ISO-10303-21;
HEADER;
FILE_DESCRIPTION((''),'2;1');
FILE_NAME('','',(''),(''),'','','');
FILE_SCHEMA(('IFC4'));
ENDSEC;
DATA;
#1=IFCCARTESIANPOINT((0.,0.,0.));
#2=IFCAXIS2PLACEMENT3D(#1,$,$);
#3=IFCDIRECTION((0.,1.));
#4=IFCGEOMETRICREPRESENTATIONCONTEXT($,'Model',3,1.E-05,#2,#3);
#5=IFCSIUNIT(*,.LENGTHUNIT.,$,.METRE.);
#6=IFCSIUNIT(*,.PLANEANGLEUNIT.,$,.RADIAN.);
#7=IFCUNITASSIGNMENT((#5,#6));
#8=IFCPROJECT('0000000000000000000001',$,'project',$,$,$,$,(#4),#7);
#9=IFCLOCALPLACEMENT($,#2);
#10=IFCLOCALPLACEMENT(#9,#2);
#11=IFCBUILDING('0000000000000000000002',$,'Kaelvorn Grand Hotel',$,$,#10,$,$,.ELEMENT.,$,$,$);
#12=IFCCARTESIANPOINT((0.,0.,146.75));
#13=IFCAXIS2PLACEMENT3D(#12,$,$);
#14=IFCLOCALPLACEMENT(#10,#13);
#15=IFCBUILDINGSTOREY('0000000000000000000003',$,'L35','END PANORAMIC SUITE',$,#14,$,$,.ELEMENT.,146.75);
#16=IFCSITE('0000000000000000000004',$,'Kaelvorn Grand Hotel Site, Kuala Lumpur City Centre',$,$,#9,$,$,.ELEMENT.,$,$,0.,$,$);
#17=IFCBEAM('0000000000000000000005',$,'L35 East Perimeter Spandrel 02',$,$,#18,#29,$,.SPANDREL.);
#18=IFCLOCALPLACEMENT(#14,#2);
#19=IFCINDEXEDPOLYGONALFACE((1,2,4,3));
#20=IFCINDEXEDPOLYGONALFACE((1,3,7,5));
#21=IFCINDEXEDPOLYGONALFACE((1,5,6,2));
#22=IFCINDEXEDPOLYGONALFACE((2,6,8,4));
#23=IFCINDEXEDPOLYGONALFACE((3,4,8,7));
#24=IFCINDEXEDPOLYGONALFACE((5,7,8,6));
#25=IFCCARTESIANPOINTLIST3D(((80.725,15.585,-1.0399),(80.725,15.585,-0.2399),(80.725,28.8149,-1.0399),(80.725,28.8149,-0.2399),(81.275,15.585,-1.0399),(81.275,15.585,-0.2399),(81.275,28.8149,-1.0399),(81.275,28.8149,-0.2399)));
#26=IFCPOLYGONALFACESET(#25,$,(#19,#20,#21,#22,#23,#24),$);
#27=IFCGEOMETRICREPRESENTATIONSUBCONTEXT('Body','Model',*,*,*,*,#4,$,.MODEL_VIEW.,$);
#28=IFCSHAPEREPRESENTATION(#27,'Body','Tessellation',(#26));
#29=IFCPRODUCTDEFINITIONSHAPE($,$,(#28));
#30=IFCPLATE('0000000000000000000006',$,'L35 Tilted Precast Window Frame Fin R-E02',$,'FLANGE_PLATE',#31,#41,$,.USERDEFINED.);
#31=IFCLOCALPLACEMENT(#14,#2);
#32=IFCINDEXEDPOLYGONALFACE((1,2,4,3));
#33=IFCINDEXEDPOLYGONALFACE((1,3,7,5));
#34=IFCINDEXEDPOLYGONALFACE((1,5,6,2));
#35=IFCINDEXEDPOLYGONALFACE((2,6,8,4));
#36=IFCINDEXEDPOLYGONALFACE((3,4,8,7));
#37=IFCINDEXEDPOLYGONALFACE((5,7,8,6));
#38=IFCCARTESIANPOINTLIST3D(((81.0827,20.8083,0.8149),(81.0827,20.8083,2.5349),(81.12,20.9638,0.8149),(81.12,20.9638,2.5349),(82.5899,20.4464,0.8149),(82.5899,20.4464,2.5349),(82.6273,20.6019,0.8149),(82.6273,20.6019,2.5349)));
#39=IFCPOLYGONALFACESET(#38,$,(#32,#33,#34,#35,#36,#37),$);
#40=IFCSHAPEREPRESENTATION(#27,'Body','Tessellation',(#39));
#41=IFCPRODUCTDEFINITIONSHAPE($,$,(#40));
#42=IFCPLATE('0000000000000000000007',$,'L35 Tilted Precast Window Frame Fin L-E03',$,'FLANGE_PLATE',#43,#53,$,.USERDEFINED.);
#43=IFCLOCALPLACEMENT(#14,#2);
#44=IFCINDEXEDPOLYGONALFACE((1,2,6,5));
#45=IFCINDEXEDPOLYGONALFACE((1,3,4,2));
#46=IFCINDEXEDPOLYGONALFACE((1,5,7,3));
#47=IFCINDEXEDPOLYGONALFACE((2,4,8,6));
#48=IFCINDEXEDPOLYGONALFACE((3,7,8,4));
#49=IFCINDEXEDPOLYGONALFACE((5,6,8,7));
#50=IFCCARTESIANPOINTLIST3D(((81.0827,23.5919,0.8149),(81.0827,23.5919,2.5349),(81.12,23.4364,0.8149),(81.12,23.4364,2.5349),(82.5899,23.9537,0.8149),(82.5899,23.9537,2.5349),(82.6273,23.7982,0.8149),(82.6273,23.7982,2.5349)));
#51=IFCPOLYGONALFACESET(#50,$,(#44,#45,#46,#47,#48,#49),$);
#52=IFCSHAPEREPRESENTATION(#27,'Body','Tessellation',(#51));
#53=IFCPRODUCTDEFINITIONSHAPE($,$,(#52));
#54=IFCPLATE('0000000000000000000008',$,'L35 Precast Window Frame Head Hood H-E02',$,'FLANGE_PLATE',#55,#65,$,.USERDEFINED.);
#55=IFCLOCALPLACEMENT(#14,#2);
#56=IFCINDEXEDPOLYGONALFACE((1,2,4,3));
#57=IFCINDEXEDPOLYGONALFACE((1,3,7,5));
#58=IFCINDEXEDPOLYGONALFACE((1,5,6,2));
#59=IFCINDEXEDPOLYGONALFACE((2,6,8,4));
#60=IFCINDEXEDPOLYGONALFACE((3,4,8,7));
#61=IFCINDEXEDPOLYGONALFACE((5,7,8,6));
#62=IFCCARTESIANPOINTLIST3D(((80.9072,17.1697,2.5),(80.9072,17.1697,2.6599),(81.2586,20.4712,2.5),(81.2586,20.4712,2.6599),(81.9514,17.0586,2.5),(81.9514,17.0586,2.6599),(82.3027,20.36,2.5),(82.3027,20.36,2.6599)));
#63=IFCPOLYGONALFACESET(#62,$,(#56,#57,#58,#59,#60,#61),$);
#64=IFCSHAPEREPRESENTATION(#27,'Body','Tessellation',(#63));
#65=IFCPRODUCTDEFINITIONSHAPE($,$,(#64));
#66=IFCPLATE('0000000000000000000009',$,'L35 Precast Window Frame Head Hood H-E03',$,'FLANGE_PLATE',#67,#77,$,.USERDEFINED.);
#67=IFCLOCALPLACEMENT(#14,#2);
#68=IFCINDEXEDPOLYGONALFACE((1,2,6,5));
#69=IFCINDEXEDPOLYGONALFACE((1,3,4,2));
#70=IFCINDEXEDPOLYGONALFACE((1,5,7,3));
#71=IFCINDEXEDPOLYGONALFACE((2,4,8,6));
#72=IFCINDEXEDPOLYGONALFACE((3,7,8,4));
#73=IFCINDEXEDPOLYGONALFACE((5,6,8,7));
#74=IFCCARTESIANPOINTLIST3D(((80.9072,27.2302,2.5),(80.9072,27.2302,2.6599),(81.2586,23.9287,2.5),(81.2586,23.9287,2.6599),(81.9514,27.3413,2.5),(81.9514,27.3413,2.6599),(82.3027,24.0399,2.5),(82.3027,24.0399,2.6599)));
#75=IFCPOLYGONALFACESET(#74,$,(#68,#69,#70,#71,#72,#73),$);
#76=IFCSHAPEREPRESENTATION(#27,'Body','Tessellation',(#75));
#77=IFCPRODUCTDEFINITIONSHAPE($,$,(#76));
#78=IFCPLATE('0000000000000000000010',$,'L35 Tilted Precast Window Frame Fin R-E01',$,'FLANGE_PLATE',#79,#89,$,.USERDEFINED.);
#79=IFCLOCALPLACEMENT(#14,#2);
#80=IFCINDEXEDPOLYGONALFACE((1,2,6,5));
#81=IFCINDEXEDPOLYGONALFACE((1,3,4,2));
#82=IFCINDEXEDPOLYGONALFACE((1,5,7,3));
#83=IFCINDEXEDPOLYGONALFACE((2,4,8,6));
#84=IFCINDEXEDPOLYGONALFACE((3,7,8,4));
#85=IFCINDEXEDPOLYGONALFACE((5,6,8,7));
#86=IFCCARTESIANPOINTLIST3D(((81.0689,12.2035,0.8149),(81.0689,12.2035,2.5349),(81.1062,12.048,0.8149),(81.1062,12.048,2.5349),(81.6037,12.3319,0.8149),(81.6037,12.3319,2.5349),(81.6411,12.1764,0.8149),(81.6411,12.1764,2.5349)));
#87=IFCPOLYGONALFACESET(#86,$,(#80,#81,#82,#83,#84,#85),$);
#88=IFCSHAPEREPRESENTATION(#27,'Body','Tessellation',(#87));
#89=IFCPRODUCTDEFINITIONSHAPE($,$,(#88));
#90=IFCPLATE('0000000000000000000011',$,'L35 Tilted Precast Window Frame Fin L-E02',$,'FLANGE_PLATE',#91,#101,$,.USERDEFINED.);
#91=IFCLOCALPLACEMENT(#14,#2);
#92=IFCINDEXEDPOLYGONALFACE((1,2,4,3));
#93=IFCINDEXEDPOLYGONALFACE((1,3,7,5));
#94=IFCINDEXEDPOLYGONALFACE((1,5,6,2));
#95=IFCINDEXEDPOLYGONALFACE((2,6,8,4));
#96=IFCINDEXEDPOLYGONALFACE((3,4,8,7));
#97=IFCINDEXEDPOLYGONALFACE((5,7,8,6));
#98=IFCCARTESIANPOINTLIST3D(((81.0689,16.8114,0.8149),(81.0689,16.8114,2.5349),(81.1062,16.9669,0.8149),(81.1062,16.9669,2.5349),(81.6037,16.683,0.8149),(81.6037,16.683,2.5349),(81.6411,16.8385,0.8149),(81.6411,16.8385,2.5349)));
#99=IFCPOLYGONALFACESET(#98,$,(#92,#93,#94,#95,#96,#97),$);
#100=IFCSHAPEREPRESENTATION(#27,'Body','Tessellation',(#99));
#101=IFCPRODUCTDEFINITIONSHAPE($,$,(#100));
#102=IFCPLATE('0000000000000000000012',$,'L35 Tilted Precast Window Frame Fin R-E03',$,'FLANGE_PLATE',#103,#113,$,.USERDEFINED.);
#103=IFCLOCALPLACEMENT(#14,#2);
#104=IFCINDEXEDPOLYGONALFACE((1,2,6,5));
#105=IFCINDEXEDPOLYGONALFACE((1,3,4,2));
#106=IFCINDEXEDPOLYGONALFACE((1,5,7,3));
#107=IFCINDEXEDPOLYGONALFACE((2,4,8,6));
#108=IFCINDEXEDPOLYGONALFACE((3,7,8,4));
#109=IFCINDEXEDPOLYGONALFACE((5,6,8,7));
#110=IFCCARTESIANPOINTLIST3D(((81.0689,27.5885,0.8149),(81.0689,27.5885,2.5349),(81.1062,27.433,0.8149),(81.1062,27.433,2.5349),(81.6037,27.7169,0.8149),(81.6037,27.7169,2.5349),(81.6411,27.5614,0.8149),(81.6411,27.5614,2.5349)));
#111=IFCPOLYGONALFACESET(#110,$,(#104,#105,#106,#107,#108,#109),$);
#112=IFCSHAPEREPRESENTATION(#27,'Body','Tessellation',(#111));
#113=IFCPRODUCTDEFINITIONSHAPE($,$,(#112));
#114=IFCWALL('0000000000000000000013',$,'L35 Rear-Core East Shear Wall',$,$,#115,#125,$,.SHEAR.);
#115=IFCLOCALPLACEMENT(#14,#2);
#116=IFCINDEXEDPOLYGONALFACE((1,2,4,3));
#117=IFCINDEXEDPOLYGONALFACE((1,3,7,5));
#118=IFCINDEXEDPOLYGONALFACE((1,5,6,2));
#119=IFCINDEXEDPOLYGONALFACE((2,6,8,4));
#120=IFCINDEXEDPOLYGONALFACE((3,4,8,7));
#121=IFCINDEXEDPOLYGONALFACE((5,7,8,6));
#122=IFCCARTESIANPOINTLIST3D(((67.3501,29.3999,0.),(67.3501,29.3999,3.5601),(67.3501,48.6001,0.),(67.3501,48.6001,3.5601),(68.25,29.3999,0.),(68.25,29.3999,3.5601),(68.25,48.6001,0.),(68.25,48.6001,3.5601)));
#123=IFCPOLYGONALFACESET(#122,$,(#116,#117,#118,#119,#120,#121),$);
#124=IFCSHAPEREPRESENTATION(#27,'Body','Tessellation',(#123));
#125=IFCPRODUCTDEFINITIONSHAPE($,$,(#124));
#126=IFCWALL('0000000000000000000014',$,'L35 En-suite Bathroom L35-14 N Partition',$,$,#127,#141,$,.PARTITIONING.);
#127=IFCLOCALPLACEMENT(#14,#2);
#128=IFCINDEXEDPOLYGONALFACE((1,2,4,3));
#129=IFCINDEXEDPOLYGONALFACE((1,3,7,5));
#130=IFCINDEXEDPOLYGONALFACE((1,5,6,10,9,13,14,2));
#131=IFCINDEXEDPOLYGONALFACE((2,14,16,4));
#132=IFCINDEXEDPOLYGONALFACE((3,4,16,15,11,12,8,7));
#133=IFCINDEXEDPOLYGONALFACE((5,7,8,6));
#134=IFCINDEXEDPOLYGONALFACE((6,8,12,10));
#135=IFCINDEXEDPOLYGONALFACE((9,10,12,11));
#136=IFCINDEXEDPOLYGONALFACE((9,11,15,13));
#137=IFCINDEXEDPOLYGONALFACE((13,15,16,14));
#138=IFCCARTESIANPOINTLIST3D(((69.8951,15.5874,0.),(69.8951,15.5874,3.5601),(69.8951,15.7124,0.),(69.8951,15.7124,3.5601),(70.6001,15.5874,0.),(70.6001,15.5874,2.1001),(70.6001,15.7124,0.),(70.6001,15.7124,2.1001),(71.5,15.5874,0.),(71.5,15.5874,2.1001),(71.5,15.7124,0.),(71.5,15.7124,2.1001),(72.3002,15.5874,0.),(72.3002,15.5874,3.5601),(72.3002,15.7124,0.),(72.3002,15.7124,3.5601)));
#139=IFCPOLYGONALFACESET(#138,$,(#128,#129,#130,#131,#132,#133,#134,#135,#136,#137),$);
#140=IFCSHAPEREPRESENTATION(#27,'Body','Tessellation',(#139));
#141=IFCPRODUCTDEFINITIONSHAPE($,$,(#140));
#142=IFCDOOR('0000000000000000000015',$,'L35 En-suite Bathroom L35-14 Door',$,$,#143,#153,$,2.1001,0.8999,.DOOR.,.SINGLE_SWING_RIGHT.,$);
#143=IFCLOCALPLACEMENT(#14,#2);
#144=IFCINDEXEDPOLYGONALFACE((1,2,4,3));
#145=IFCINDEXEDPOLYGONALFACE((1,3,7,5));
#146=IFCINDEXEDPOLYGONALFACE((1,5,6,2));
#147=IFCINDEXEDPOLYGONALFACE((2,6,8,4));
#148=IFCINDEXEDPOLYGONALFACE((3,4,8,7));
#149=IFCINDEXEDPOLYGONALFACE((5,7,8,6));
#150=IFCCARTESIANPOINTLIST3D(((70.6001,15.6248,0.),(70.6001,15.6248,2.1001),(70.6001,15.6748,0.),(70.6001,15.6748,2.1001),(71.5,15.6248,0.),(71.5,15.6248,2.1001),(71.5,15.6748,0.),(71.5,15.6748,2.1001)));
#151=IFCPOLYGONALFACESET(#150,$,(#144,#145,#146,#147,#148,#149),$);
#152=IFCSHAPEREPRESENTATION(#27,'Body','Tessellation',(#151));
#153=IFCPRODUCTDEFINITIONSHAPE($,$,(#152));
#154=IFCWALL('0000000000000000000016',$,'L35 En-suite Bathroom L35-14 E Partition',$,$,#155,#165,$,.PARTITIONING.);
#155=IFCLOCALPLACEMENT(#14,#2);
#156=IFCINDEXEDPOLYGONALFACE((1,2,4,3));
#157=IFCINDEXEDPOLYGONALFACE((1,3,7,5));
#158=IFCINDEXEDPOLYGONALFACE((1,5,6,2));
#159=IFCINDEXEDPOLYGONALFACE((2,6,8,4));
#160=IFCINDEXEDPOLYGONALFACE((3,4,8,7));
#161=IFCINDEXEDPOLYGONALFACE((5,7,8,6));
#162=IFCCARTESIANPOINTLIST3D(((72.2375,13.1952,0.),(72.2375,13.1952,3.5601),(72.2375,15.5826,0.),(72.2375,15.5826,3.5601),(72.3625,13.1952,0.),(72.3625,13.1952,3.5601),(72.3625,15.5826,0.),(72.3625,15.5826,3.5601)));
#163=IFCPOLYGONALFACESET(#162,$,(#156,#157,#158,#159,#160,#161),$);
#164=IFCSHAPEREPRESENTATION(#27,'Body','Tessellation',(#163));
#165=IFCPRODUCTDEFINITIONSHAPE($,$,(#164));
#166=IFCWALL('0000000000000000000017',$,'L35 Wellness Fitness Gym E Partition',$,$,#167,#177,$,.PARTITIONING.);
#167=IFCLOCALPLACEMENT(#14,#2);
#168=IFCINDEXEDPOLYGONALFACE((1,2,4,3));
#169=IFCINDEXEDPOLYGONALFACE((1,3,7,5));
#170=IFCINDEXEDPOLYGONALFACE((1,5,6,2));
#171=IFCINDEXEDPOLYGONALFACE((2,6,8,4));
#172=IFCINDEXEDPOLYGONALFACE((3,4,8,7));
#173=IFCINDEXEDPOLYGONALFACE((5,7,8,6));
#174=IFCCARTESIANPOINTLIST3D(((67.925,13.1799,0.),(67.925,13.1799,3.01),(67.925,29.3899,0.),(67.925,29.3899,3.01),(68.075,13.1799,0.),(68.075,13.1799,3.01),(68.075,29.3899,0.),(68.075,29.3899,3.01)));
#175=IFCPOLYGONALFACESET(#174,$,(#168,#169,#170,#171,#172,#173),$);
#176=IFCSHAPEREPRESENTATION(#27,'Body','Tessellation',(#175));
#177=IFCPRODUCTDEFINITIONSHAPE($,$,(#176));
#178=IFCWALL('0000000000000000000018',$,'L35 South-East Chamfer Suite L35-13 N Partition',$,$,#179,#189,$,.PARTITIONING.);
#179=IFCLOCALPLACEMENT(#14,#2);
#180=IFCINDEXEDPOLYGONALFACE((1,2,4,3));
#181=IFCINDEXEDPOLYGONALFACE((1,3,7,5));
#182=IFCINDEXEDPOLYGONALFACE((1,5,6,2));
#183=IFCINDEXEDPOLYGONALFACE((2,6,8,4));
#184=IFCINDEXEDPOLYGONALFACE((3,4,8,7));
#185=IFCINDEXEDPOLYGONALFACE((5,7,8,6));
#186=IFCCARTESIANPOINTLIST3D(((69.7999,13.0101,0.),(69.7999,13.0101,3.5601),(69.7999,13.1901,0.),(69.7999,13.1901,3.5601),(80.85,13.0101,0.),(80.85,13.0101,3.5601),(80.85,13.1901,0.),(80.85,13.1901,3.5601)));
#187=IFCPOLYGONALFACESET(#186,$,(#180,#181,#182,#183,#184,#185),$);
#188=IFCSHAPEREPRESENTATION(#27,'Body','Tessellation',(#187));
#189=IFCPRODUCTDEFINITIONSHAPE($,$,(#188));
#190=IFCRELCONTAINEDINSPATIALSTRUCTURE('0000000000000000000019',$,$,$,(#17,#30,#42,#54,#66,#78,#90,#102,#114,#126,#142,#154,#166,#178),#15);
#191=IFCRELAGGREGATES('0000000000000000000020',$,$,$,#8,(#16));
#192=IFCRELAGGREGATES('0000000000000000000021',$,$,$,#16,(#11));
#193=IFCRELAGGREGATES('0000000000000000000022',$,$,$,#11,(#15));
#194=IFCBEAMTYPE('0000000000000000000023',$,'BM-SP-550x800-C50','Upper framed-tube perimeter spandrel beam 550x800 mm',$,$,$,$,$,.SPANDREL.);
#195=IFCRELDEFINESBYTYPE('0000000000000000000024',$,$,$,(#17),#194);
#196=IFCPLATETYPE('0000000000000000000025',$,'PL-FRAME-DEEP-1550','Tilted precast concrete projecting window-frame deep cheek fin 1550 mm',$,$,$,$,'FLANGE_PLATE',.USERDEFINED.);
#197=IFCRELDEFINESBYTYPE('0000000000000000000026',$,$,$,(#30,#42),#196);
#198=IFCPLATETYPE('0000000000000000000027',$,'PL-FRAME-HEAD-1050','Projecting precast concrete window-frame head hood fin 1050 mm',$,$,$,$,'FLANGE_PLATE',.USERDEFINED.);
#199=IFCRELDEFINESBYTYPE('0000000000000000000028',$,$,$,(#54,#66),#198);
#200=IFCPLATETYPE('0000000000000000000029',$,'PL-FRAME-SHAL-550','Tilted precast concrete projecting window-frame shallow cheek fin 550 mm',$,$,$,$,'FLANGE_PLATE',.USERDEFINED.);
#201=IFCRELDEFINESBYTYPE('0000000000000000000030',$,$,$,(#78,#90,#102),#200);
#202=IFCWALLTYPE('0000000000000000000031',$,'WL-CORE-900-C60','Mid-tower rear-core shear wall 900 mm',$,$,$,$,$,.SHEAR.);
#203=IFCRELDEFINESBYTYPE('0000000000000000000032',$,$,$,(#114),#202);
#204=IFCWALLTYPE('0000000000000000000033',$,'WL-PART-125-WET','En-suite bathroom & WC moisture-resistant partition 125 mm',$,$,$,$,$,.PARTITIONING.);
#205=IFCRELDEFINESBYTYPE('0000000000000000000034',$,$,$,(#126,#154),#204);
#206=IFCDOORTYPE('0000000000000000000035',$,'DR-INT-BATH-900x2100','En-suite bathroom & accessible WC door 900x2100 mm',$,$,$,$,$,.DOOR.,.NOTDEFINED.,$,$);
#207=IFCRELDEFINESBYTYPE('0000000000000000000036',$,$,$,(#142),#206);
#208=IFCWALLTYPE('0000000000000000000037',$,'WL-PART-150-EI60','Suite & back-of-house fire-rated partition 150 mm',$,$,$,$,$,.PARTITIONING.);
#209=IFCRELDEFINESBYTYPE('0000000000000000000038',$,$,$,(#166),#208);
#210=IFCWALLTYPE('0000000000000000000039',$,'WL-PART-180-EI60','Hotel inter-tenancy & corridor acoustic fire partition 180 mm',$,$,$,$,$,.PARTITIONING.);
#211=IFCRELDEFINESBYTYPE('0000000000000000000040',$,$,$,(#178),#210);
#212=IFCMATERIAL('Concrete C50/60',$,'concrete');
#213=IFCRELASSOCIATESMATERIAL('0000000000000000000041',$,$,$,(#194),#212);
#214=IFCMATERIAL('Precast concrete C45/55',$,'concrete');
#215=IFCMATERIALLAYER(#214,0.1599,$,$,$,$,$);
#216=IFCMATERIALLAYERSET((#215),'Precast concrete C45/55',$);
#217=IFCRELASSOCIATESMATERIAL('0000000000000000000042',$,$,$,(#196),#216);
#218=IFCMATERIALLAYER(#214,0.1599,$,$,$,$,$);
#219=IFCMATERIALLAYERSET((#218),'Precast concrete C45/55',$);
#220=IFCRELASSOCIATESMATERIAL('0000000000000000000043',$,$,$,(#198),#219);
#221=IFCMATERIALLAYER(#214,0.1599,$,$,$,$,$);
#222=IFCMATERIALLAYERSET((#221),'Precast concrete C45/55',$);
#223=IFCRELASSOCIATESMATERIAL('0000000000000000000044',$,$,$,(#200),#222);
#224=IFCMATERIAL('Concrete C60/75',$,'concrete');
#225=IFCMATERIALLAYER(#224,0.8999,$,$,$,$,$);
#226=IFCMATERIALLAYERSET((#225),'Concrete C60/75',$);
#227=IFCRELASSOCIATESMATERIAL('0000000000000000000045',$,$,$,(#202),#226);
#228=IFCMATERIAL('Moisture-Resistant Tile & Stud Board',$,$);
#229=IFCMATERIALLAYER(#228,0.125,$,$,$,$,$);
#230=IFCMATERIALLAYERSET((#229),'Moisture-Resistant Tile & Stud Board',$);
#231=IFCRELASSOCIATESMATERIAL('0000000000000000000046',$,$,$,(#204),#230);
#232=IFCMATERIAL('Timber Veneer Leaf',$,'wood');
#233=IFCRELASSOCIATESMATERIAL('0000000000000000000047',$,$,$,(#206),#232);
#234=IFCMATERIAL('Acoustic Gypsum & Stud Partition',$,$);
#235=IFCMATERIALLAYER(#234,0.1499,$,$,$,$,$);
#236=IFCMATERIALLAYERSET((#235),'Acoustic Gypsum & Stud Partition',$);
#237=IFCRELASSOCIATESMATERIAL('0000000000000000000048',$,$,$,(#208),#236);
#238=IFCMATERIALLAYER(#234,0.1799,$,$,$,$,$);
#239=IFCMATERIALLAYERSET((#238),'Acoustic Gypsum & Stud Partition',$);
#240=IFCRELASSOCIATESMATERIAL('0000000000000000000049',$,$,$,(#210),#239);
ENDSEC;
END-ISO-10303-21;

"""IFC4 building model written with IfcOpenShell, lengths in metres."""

from ifc_helpers import new_model, si_unit, direction, frame, frame_2d, origin, origin_2d, place, context, subcontext, project, spatial, rectangle, extrude, material, layer, layer_set, material_profile, profile_set, type_object, element, fill, save


model = new_model("IFC4")

# Units and contexts
model_context = context("Model", 3, precision=1e-05, world=origin(), true_north=direction((0.0, 1.0)))
body_context = subcontext(model_context, "Body", "Model", "MODEL_VIEW")
ifc_project = project(units=[si_unit("LENGTHUNIT", "METRE"), si_unit("PLANEANGLEUNIT", "RADIAN")], contexts=[model_context])

# Site, building, storey
site_placement = place(None, origin())
site = spatial("IfcSite", under=ifc_project, at=site_placement, Name="Kaelvorn Grand Hotel Site, Kuala Lumpur City Centre", CompositionType="ELEMENT", RefElevation=0.0)
building_placement = place(site_placement, origin())
building = spatial("IfcBuilding", under=site, at=building_placement, Name="Kaelvorn Grand Hotel", CompositionType="ELEMENT")
storey_placement = place(building_placement, frame((0.0, 0.0, 146.75)))
storey = spatial("IfcBuildingStorey", under=building, at=storey_placement, Name="L35", Description="END PANORAMIC SUITE", CompositionType="ELEMENT", Elevation=146.75)

# Shared definitions
ifc_material_1 = material(Name="Concrete C60/75", Category="concrete")

# Beam
ifc_material_2 = material(Name="Concrete C50/60", Category="concrete")
ifc_material_profile_1 = material_profile(ifc_material_2, rectangle(XDim=0.55, YDim=0.8, at=origin_2d()), Name="RC SPANDREL 550x800")
ifc_profile_set_1 = profile_set([ifc_material_profile_1], Name="Concrete C50/60")
beam_type_1 = type_object("IfcBeamType", Name="BM-SP-550x800-C50", Description="Upper framed-tube perimeter spandrel beam 550x800 mm", PredefinedType="SPANDREL", material=ifc_profile_set_1)
beam_1_placement = place(storey_placement, frame((81.0, 15.585, -0.6399), z_axis=(0.0, 1.0, 0.0), x_axis=(-1.0, 0.0, 0.0)))
element("IfcBeam", 1, at=beam_1_placement, inside=storey, type_object=beam_type_1, Name="L35 East Perimeter Spandrel 02", PredefinedType="SPANDREL", context=body_context, shape_type="SweptSolid", body=[
    extrude(rectangle(XDim=0.55, YDim=0.8, at=origin_2d()), origin(), (0.0, 0.0, 1.0), 13.23),
])

# Plates
ifc_material_3 = material(Name="Precast concrete C45/55", Category="concrete")
ifc_layer_1 = layer(ifc_material_3, 0.1599)
ifc_layer_set_1 = layer_set([ifc_layer_1], Name="Precast concrete C45/55")
plate_type_1 = type_object("IfcPlateType", Name="PL-FRAME-DEEP-1550", Description="Tilted precast concrete projecting window-frame deep cheek fin 1550 mm", ElementType="FLANGE_PLATE", PredefinedType="USERDEFINED", material=ifc_layer_set_1)
for number, where, z_axis, x_axis, name in (
    (2, (81.855, 20.7051, 0.8149), (0.0, 0.0, 1.0), (0.233445, 0.97237, 0.0), "L35 Tilted Precast Window Frame Fin R-E02"),
    (3, (81.855, 23.6951, 0.8149), (0.0, 0.0, 1.0), (-0.233445, 0.97237, 0.0), "L35 Tilted Precast Window Frame Fin L-E03"),
):
    element("IfcPlate", number, at=place(storey_placement, frame(where, z_axis=z_axis, x_axis=x_axis)), inside=storey, type_object=plate_type_1, Name=name, ObjectType="FLANGE_PLATE", PredefinedType="USERDEFINED", context=body_context, shape_type="SweptSolid", body=[
        extrude(rectangle(XDim=0.1599, YDim=1.55, at=origin_2d()), origin(), (0.0, 0.0, 1.0), 1.72),
    ])
ifc_layer_2 = layer(ifc_material_3, 0.1599)
ifc_layer_set_2 = layer_set([ifc_layer_2], Name="Precast concrete C45/55")
plate_type_2 = type_object("IfcPlateType", Name="PL-FRAME-HEAD-1050", Description="Projecting precast concrete window-frame head hood fin 1050 mm", ElementType="FLANGE_PLATE", PredefinedType="USERDEFINED", material=ifc_layer_set_2)
for number, where, z_axis, x_axis, name in (
    (4, (81.605, 18.7649, 2.5), (0.0, 0.0, 1.0), (0.10583, 0.994384, 0.0), "L35 Precast Window Frame Head Hood H-E02"),
    (5, (81.605, 25.635, 2.5), (0.0, 0.0, 1.0), (-0.10583, 0.994384, 0.0), "L35 Precast Window Frame Head Hood H-E03"),
):
    element("IfcPlate", number, at=place(storey_placement, frame(where, z_axis=z_axis, x_axis=x_axis)), inside=storey, type_object=plate_type_2, Name=name, ObjectType="FLANGE_PLATE", PredefinedType="USERDEFINED", context=body_context, shape_type="SweptSolid", body=[
        extrude(rectangle(XDim=3.3201, YDim=1.05, at=origin_2d()), origin(), (0.0, 0.0, 1.0), 0.1599),
    ])
ifc_layer_3 = layer(ifc_material_3, 0.1599)
ifc_layer_set_3 = layer_set([ifc_layer_3], Name="Precast concrete C45/55")
plate_type_3 = type_object("IfcPlateType", Name="PL-FRAME-SHAL-550", Description="Tilted precast concrete projecting window-frame shallow cheek fin 550 mm", ElementType="FLANGE_PLATE", PredefinedType="USERDEFINED", material=ifc_layer_set_3)
for number, where, z_axis, x_axis, name in (
    (6, (81.355, 12.1899, 0.8149), (0.0, 0.0, 1.0), (-0.233445, 0.97237, 0.0), "L35 Tilted Precast Window Frame Fin R-E01"),
    (7, (81.355, 16.825, 0.8149), (0.0, 0.0, 1.0), (0.233445, 0.97237, 0.0), "L35 Tilted Precast Window Frame Fin L-E02"),
    (8, (81.355, 27.575, 0.8149), (0.0, 0.0, 1.0), (-0.233445, 0.97237, 0.0), "L35 Tilted Precast Window Frame Fin R-E03"),
):
    element("IfcPlate", number, at=place(storey_placement, frame(where, z_axis=z_axis, x_axis=x_axis)), inside=storey, type_object=plate_type_3, Name=name, ObjectType="FLANGE_PLATE", PredefinedType="USERDEFINED", context=body_context, shape_type="SweptSolid", body=[
        extrude(rectangle(XDim=0.1599, YDim=0.55, at=origin_2d()), origin(), (0.0, 0.0, 1.0), 1.72),
    ])

# Wall
ifc_layer_4 = layer(ifc_material_1, 0.8999)
ifc_layer_set_4 = layer_set([ifc_layer_4], Name="Concrete C60/75")
wall_type_1 = type_object("IfcWallType", Name="WL-CORE-900-C60", Description="Mid-tower rear-core shear wall 900 mm", PredefinedType="SHEAR", material=ifc_layer_set_4)
wall_1_placement = place(storey_placement, frame((67.8, 29.3999, 0.0), z_axis=(0.0, 0.0, 1.0), x_axis=(0.0, 1.0, 0.0)))
element("IfcWall", 9, at=wall_1_placement, inside=storey, type_object=wall_type_1, Name="L35 Rear-Core East Shear Wall", PredefinedType="SHEAR", context=body_context, shape_type="SweptSolid", body=[
    extrude(rectangle(XDim=19.2002, YDim=0.8999, at=frame_2d((9.6001, 0.0))), origin(), (0.0, 0.0, 1.0), 3.5601),
])

# Wall, opening, door
ifc_material_4 = material(Name="Moisture-Resistant Tile & Stud Board")
ifc_layer_5 = layer(ifc_material_4, 0.125)
ifc_layer_set_5 = layer_set([ifc_layer_5], Name="Moisture-Resistant Tile & Stud Board")
wall_type_2 = type_object("IfcWallType", Name="WL-PART-125-WET", Description="En-suite bathroom & WC moisture-resistant partition 125 mm", PredefinedType="PARTITIONING", material=ifc_layer_set_5)
wall_2_placement = place(storey_placement, frame((69.895, 15.6499, 0.0), z_axis=(0.0, 0.0, 1.0), x_axis=(1.0, 0.0, 0.0)))
wall_2 = element("IfcWall", 10, at=wall_2_placement, inside=storey, type_object=wall_type_2, Name="L35 En-suite Bathroom L35-14 N Partition", PredefinedType="PARTITIONING", context=body_context, shape_type="SweptSolid", body=[
    extrude(rectangle(XDim=2.405, YDim=0.125, at=frame_2d((1.2026, 0.0))), origin(), (0.0, 0.0, 1.0), 3.5601),
])
opening_1_placement = place(wall_2_placement, frame((0.7051, 0.0, 0.0)))
opening_1 = element("IfcOpeningElement", 11, at=opening_1_placement, cuts=wall_2, PredefinedType="OPENING", context=body_context, shape_type="SweptSolid", body=[
    extrude(rectangle(XDim=0.8999, YDim=2.1001, at=frame_2d((0.45, 1.05))), frame((0.0, 0.0725, 0.0), z_axis=(0.0, -1.0, 0.0), x_axis=(1.0, 0.0, 0.0)), (0.0, 0.0, 1.0), 0.145),
])
ifc_material_5 = material(Name="Timber Veneer Leaf", Category="wood")
door_type_1 = type_object("IfcDoorType", Name="DR-INT-BATH-900x2100", Description="En-suite bathroom & accessible WC door 900x2100 mm", OperationType="NOTDEFINED", PredefinedType="DOOR", material=ifc_material_5)
door_1_placement = place(opening_1_placement, origin())
door_1 = element("IfcDoor", 12, at=door_1_placement, inside=storey, type_object=door_type_1, Name="L35 En-suite Bathroom L35-14 Door", OperationType="SINGLE_SWING_RIGHT", OverallHeight=2.1001, OverallWidth=0.8999, PredefinedType="DOOR", context=body_context, shape_type="SweptSolid", body=[
    extrude(rectangle(XDim=0.8999, YDim=2.1001, at=frame_2d((0.45, 1.05))), frame((0.0, 0.0249, 0.0), z_axis=(0.0, -1.0, 0.0), x_axis=(1.0, 0.0, 0.0)), (0.0, 0.0, 1.0), 0.05),
])
fill(opening_1, door_1)

# Walls
wall_3_placement = place(storey_placement, frame((72.3, 13.1951, 0.0), z_axis=(0.0, 0.0, 1.0), x_axis=(0.0, 1.0, 0.0)))
element("IfcWall", 13, at=wall_3_placement, inside=storey, type_object=wall_type_2, Name="L35 En-suite Bathroom L35-14 E Partition", PredefinedType="PARTITIONING", context=body_context, shape_type="SweptSolid", body=[
    extrude(rectangle(XDim=2.3875, YDim=0.125, at=frame_2d((1.1938, 0.0))), origin(), (0.0, 0.0, 1.0), 3.5601),
])
ifc_material_6 = material(Name="Acoustic Gypsum & Stud Partition")
ifc_layer_6 = layer(ifc_material_6, 0.1499)
ifc_layer_set_6 = layer_set([ifc_layer_6], Name="Acoustic Gypsum & Stud Partition")
wall_type_3 = type_object("IfcWallType", Name="WL-PART-150-EI60", Description="Suite & back-of-house fire-rated partition 150 mm", PredefinedType="PARTITIONING", material=ifc_layer_set_6)
wall_4_placement = place(storey_placement, frame((68.0, 13.1799, 0.0), z_axis=(0.0, 0.0, 1.0), x_axis=(0.0, 1.0, 0.0)))
element("IfcWall", 14, at=wall_4_placement, inside=storey, type_object=wall_type_3, Name="L35 Wellness Fitness Gym E Partition", PredefinedType="PARTITIONING", context=body_context, shape_type="SweptSolid", body=[
    extrude(rectangle(XDim=16.21, YDim=0.1499, at=frame_2d((8.105, 0.0))), origin(), (0.0, 0.0, 1.0), 3.01),
])
ifc_layer_7 = layer(ifc_material_6, 0.1799)
ifc_layer_set_7 = layer_set([ifc_layer_7], Name="Acoustic Gypsum & Stud Partition")
wall_type_4 = type_object("IfcWallType", Name="WL-PART-180-EI60", Description="Hotel inter-tenancy & corridor acoustic fire partition 180 mm", PredefinedType="PARTITIONING", material=ifc_layer_set_7)
wall_5_placement = place(storey_placement, frame((69.8, 13.1001, 0.0), z_axis=(0.0, 0.0, 1.0), x_axis=(1.0, 0.0, 0.0)))
element("IfcWall", 15, at=wall_5_placement, inside=storey, type_object=wall_type_4, Name="L35 South-East Chamfer Suite L35-13 N Partition", PredefinedType="PARTITIONING", context=body_context, shape_type="SweptSolid", body=[
    extrude(rectangle(XDim=11.05, YDim=0.1799, at=frame_2d((5.5249, 0.0))), origin(), (0.0, 0.0, 1.0), 3.5601),
])

save(model, "model.ifc")
